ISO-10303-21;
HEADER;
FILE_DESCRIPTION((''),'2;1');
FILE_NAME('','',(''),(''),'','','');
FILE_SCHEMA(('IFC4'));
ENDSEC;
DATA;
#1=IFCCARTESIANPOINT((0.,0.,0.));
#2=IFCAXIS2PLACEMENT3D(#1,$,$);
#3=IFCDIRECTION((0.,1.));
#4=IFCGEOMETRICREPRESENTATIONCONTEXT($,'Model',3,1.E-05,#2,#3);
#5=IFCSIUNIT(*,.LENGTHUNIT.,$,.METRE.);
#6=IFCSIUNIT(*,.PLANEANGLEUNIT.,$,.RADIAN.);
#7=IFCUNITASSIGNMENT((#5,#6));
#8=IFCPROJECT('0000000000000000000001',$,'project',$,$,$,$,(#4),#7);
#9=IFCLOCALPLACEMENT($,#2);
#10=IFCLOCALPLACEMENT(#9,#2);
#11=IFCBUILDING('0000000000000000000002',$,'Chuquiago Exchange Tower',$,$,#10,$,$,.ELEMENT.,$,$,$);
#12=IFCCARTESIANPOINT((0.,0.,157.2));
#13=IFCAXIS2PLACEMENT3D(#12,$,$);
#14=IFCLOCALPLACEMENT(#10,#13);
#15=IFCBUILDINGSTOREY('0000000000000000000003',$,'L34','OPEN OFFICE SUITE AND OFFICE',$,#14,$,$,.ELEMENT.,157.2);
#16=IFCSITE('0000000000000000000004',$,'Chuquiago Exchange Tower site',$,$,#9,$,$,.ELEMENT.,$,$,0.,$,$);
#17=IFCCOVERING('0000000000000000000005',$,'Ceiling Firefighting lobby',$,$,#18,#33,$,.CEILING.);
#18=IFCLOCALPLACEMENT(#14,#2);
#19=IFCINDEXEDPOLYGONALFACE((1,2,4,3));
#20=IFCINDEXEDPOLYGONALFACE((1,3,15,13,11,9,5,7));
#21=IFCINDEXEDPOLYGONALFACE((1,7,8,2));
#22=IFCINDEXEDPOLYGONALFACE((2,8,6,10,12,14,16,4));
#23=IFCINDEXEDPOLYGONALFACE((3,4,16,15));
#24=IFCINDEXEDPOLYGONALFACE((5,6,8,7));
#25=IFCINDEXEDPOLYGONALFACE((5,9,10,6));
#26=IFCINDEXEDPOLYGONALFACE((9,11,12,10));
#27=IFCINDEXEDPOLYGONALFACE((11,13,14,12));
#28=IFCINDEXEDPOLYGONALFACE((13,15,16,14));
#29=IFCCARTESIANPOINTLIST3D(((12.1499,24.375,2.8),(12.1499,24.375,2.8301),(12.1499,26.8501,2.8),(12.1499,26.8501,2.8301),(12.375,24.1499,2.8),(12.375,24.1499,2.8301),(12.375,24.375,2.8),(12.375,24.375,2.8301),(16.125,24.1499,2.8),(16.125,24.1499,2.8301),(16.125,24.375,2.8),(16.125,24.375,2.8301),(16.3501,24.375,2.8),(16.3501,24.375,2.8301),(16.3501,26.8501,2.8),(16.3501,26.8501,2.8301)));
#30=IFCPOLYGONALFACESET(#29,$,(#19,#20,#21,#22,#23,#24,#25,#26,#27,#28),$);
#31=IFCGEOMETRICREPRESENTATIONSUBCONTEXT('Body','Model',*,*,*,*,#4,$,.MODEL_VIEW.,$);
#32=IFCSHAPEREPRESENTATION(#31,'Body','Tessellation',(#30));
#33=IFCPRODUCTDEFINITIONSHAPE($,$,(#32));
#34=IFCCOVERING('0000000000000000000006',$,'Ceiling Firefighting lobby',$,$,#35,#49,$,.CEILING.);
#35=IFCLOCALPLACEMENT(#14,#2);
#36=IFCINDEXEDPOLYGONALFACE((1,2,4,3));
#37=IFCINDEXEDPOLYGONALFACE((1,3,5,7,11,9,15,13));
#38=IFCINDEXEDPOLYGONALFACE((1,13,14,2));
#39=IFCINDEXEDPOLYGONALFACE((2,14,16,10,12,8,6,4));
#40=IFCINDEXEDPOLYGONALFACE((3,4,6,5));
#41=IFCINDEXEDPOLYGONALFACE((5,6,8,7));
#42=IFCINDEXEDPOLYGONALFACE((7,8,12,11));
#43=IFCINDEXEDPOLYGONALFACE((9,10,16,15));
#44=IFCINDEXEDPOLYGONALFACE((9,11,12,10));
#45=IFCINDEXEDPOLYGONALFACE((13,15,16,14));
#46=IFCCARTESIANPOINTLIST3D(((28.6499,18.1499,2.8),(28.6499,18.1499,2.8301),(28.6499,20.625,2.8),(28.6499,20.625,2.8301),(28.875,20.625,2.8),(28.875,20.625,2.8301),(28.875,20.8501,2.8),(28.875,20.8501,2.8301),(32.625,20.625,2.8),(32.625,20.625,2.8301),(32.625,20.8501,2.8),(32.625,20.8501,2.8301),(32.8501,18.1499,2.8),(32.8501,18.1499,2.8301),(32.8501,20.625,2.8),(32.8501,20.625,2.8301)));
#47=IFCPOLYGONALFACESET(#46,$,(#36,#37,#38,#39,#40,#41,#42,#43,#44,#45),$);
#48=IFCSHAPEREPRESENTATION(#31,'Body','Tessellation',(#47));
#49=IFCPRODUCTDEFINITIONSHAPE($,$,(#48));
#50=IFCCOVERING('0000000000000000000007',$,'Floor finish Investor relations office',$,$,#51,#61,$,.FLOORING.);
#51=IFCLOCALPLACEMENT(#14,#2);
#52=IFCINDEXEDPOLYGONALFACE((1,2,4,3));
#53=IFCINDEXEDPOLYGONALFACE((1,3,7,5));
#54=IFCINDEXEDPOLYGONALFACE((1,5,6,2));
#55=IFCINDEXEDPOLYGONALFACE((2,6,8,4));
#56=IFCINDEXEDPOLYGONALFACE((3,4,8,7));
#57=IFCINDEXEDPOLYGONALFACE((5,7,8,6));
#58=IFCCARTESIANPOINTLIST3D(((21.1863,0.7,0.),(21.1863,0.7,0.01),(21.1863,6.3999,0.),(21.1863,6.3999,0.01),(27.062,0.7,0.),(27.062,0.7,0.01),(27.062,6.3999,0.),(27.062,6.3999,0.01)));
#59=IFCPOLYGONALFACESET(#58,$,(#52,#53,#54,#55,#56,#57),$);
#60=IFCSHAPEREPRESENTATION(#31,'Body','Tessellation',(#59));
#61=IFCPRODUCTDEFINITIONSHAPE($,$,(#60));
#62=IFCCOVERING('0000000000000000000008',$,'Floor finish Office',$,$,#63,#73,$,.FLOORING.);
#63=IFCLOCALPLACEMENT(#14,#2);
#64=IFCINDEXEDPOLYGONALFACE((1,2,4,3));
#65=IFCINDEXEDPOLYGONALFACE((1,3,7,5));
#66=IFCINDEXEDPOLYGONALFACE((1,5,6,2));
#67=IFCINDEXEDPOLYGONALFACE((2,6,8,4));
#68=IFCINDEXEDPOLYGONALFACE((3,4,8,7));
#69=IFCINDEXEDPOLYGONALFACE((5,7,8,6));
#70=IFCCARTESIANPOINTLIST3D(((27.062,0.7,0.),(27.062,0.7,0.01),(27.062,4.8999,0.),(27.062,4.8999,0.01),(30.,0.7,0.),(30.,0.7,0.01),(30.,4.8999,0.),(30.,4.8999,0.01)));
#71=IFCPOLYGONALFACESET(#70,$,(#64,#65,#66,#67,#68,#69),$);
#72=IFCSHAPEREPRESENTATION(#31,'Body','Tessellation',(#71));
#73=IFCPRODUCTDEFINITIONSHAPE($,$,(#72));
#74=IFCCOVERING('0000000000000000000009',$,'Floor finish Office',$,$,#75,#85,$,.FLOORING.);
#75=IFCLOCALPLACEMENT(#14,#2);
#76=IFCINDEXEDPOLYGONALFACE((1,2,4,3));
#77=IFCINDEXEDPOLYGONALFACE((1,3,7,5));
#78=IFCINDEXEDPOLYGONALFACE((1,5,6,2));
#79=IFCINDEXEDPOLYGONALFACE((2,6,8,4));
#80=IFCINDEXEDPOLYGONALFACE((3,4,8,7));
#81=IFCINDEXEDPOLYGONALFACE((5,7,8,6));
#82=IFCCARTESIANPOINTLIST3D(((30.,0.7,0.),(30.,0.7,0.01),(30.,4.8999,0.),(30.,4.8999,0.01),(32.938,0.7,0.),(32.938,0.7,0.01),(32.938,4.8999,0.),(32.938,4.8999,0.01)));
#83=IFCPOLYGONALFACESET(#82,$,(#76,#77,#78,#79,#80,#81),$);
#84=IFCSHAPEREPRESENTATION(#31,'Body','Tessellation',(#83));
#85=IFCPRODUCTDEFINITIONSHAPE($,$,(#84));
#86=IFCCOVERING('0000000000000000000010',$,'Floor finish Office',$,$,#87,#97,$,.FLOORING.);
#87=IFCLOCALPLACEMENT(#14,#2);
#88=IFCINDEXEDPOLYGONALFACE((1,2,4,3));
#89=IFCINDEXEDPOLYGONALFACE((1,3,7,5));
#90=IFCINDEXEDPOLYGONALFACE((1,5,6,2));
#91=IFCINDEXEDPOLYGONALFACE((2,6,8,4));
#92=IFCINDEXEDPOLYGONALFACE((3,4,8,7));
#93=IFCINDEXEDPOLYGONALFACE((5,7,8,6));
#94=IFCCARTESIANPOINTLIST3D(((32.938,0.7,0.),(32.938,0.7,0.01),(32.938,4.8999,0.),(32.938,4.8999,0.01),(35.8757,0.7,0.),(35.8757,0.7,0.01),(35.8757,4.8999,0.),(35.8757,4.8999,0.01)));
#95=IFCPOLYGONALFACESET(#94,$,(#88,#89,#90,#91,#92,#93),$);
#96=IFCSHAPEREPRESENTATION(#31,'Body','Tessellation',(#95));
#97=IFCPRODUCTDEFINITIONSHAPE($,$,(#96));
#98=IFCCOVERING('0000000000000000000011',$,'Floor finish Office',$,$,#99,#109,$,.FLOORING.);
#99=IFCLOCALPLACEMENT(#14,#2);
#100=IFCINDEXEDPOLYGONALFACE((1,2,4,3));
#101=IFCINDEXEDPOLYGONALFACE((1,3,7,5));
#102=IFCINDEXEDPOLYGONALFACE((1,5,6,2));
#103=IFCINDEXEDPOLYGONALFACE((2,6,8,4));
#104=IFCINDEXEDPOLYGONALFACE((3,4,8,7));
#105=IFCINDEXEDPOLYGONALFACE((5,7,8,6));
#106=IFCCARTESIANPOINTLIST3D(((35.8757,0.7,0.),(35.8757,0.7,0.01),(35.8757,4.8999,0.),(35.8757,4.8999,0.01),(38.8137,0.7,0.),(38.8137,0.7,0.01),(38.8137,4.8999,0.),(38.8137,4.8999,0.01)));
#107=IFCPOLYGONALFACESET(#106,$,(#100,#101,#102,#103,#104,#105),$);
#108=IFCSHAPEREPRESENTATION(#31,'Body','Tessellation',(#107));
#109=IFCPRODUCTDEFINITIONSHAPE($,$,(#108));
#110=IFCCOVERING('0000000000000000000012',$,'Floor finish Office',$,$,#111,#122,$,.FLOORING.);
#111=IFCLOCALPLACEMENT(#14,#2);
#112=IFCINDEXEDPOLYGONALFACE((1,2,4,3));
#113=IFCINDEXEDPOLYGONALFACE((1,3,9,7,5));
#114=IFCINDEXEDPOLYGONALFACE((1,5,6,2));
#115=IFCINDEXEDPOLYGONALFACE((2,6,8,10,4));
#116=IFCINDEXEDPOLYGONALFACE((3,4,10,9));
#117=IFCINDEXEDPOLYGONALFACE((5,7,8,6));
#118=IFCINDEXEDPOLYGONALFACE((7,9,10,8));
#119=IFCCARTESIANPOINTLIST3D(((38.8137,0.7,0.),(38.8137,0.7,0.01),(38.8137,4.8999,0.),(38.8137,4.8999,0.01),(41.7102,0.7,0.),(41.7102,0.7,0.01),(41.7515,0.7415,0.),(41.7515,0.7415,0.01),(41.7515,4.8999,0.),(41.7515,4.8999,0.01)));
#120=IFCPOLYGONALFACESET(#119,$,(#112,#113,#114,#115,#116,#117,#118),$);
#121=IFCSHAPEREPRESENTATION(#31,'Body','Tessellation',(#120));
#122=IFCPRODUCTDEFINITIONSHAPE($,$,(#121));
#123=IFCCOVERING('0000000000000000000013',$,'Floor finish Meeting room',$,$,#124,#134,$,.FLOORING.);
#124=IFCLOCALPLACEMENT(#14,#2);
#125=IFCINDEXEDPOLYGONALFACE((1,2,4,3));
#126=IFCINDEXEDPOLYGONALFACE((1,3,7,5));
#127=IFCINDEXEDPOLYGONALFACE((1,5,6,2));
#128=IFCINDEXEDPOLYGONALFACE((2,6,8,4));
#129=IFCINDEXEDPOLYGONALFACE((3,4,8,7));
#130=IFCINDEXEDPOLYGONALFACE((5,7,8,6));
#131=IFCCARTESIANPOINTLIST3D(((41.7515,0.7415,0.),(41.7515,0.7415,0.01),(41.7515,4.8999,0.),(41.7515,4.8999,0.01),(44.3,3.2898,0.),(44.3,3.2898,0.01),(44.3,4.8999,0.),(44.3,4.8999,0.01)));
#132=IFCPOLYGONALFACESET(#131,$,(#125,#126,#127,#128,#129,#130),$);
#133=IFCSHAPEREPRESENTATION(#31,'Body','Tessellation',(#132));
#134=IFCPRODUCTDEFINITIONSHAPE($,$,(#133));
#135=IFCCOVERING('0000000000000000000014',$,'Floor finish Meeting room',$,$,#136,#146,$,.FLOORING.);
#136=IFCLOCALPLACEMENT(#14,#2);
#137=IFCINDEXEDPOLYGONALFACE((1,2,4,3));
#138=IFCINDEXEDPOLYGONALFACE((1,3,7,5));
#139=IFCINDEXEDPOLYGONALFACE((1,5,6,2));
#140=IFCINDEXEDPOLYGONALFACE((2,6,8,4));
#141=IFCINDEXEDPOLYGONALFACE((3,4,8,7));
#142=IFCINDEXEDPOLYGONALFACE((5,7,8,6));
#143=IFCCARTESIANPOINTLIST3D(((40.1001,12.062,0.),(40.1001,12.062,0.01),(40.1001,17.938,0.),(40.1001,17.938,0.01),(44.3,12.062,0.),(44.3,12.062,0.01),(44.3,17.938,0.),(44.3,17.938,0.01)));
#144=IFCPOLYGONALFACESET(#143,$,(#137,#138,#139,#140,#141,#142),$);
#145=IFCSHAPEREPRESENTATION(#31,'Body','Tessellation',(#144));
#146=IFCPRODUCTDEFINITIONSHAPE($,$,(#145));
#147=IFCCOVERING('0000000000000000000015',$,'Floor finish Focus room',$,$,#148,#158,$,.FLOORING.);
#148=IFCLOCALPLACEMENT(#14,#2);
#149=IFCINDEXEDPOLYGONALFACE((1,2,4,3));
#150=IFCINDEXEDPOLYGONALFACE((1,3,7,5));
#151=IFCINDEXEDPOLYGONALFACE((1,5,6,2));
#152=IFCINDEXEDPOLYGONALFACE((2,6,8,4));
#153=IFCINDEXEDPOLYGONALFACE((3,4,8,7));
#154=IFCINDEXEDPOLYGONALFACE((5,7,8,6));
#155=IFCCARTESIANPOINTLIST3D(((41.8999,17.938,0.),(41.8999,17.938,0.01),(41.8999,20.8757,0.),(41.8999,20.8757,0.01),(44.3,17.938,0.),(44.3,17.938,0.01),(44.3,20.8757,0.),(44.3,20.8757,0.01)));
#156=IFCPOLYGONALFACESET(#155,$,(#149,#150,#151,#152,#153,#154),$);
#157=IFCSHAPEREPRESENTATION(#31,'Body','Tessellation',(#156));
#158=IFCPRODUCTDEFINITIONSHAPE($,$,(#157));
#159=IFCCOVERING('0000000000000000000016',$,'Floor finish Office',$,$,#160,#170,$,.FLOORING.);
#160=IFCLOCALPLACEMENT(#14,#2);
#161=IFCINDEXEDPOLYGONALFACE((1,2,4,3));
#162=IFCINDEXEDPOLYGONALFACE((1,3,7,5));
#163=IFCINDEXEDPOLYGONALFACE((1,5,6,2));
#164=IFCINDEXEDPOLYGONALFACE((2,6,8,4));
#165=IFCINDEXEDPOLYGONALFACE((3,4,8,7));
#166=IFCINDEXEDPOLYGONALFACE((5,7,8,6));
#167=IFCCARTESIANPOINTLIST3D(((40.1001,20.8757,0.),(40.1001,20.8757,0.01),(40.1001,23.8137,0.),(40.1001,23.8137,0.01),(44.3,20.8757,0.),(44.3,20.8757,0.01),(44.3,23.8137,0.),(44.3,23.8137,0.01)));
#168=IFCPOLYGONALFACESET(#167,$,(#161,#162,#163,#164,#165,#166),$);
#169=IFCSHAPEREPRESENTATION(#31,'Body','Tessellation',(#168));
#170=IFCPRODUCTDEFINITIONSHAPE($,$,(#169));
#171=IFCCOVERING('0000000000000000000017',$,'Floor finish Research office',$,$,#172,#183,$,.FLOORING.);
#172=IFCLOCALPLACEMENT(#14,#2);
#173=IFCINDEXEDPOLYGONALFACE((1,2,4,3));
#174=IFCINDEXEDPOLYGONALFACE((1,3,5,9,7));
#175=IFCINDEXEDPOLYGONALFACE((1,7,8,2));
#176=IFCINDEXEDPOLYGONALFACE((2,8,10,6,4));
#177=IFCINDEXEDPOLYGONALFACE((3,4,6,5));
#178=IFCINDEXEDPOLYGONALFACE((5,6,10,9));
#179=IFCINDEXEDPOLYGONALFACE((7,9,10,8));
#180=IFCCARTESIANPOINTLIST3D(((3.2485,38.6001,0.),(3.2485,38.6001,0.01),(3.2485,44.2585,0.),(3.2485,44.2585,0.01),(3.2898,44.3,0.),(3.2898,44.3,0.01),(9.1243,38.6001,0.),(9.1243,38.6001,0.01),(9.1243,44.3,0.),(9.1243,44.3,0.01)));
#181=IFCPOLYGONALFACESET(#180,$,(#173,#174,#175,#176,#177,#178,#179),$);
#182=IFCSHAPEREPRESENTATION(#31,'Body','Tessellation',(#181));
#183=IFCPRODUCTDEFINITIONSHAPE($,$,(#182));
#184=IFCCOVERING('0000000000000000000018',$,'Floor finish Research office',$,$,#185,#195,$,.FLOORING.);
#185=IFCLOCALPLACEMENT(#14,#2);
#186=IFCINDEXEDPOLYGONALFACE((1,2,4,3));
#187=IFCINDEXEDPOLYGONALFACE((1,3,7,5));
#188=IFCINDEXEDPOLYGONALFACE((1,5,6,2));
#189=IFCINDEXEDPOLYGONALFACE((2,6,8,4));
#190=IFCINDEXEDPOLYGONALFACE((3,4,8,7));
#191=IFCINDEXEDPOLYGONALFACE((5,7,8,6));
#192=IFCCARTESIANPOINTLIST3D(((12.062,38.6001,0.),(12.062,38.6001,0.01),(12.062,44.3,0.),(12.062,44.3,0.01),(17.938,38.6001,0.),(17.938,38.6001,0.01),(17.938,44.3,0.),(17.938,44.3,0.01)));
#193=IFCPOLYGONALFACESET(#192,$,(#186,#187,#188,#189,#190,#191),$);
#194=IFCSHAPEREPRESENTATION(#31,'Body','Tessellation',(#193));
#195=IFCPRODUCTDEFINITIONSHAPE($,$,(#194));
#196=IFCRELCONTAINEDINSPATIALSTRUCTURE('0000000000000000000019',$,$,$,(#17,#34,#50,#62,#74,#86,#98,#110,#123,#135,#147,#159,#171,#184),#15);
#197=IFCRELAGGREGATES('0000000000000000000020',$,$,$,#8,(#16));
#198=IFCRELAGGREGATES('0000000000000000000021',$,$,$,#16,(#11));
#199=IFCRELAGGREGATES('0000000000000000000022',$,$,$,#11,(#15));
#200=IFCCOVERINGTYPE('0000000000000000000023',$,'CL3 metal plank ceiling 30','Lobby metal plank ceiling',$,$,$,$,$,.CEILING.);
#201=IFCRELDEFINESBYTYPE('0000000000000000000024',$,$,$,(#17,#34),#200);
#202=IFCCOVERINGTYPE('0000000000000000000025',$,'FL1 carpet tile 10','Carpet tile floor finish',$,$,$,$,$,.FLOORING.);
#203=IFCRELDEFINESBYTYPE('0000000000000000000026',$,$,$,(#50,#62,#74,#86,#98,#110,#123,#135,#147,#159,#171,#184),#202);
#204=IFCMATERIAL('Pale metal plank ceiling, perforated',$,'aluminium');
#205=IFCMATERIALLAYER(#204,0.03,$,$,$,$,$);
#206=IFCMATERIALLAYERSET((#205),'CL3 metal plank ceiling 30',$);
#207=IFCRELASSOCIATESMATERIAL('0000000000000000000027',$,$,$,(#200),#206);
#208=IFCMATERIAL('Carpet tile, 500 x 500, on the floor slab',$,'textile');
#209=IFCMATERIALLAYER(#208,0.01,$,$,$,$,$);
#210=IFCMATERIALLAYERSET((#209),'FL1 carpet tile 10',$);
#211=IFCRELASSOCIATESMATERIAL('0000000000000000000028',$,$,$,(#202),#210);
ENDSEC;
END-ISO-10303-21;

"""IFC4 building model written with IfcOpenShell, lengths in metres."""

from ifc_helpers import new_model, si_unit, direction, frame, origin, place, context, subcontext, project, spatial, polyline, outline, extrude, material, layer, layer_set, type_object, element, save


model = new_model("IFC4")

# Units and contexts
model_context = context("Model", 3, precision=1e-05, world=origin(), true_north=direction((0.0, 1.0)))
body_context = subcontext(model_context, "Body", "Model", "MODEL_VIEW")
ifc_project = project(units=[si_unit("LENGTHUNIT", "METRE"), si_unit("PLANEANGLEUNIT", "RADIAN")], contexts=[model_context])

# Site, building, storey
site_placement = place(None, origin())
site = spatial("IfcSite", under=ifc_project, at=site_placement, Name="Chuquiago Exchange Tower site", CompositionType="ELEMENT", RefElevation=0.0)
building_placement = place(site_placement, origin())
building = spatial("IfcBuilding", under=site, at=building_placement, Name="Chuquiago Exchange Tower", CompositionType="ELEMENT")
storey_placement = place(building_placement, frame((0.0, 0.0, 157.2)))
storey = spatial("IfcBuildingStorey", under=building, at=storey_placement, Name="L34", Description="OPEN OFFICE SUITE AND OFFICE", CompositionType="ELEMENT", Elevation=157.2)

# Coverings
ifc_material_1 = material(Name="Pale metal plank ceiling, perforated", Category="aluminium")
ifc_layer_1 = layer(ifc_material_1, 0.03)
ifc_layer_set_1 = layer_set([ifc_layer_1], Name="CL3 metal plank ceiling 30")
covering_type_1 = type_object("IfcCoveringType", Name="CL3 metal plank ceiling 30", Description="Lobby metal plank ceiling", PredefinedType="CEILING", material=ifc_layer_set_1)
covering_1_placement = place(storey_placement, frame((0.0, 0.0, 2.8)))
element("IfcCovering", 1, at=covering_1_placement, inside=storey, type_object=covering_type_1, Name="Ceiling Firefighting lobby", PredefinedType="CEILING", context=body_context, shape_type="SweptSolid", body=[
    extrude(outline(polyline([(12.375, 24.1499), (12.375, 24.375), (12.1499, 24.375), (12.1499, 26.8501), (16.3501, 26.8501), (16.3501, 24.375), (16.125, 24.375), (16.125, 24.1499), (12.375, 24.1499)])), origin(), (0.0, 0.0, 1.0), 0.03),
])
covering_2_placement = place(storey_placement, frame((0.0, 0.0, 2.8)))
element("IfcCovering", 2, at=covering_2_placement, inside=storey, type_object=covering_type_1, Name="Ceiling Firefighting lobby", PredefinedType="CEILING", context=body_context, shape_type="SweptSolid", body=[
    extrude(outline(polyline([(28.6499, 18.1499), (28.6499, 20.625), (28.875, 20.625), (28.875, 20.8501), (32.625, 20.8501), (32.625, 20.625), (32.8501, 20.625), (32.8501, 18.1499), (28.6499, 18.1499)])), origin(), (0.0, 0.0, 1.0), 0.03),
])
ifc_material_2 = material(Name="Carpet tile, 500 x 500, on the floor slab", Category="textile")
ifc_layer_2 = layer(ifc_material_2, 0.01)
ifc_layer_set_2 = layer_set([ifc_layer_2], Name="FL1 carpet tile 10")
covering_type_2 = type_object("IfcCoveringType", Name="FL1 carpet tile 10", Description="Carpet tile floor finish", PredefinedType="FLOORING", material=ifc_layer_set_2)
covering_3_placement = place(storey_placement, origin())
element("IfcCovering", 3, at=covering_3_placement, inside=storey, type_object=covering_type_2, Name="Floor finish Investor relations office", PredefinedType="FLOORING", context=body_context, shape_type="SweptSolid", body=[
    extrude(outline(polyline([(21.1863, 0.7), (21.1863, 6.3999), (27.062, 6.3999), (27.062, 0.7), (21.1863, 0.7)])), origin(), (0.0, 0.0, 1.0), 0.01),
])
covering_4_placement = place(storey_placement, origin())
element("IfcCovering", 4, at=covering_4_placement, inside=storey, type_object=covering_type_2, Name="Floor finish Office", PredefinedType="FLOORING", context=body_context, shape_type="SweptSolid", body=[
    extrude(outline(polyline([(27.062, 0.7), (27.062, 4.8999), (30.0, 4.8999), (30.0, 0.7), (27.062, 0.7)])), origin(), (0.0, 0.0, 1.0), 0.01),
])
covering_5_placement = place(storey_placement, origin())
element("IfcCovering", 5, at=covering_5_placement, inside=storey, type_object=covering_type_2, Name="Floor finish Office", PredefinedType="FLOORING", context=body_context, shape_type="SweptSolid", body=[
    extrude(outline(polyline([(30.0, 0.7), (30.0, 4.8999), (32.938, 4.8999), (32.938, 0.7), (30.0, 0.7)])), origin(), (0.0, 0.0, 1.0), 0.01),
])
covering_6_placement = place(storey_placement, origin())
element("IfcCovering", 6, at=covering_6_placement, inside=storey, type_object=covering_type_2, Name="Floor finish Office", PredefinedType="FLOORING", context=body_context, shape_type="SweptSolid", body=[
    extrude(outline(polyline([(32.938, 0.7), (32.938, 4.8999), (35.8757, 4.8999), (35.8757, 0.7), (32.938, 0.7)])), origin(), (0.0, 0.0, 1.0), 0.01),
])
covering_7_placement = place(storey_placement, origin())
element("IfcCovering", 7, at=covering_7_placement, inside=storey, type_object=covering_type_2, Name="Floor finish Office", PredefinedType="FLOORING", context=body_context, shape_type="SweptSolid", body=[
    extrude(outline(polyline([(35.8757, 0.7), (35.8757, 4.8999), (38.8137, 4.8999), (38.8137, 0.7), (35.8757, 0.7)])), origin(), (0.0, 0.0, 1.0), 0.01),
])
covering_8_placement = place(storey_placement, origin())
element("IfcCovering", 8, at=covering_8_placement, inside=storey, type_object=covering_type_2, Name="Floor finish Office", PredefinedType="FLOORING", context=body_context, shape_type="SweptSolid", body=[
    extrude(outline(polyline([(41.7102, 0.7), (38.8137, 0.7), (38.8137, 4.8999), (41.7515, 4.8999), (41.7515, 0.7415), (41.7102, 0.7)])), origin(), (0.0, 0.0, 1.0), 0.01),
])
covering_9_placement = place(storey_placement, origin())
element("IfcCovering", 9, at=covering_9_placement, inside=storey, type_object=covering_type_2, Name="Floor finish Meeting room", PredefinedType="FLOORING", context=body_context, shape_type="SweptSolid", body=[
    extrude(outline(polyline([(44.3, 3.2898), (41.7515, 0.7415), (41.7515, 4.8999), (44.3, 4.8999), (44.3, 3.2898)])), origin(), (0.0, 0.0, 1.0), 0.01),
])
covering_10_placement = place(storey_placement, origin())
element("IfcCovering", 10, at=covering_10_placement, inside=storey, type_object=covering_type_2, Name="Floor finish Meeting room", PredefinedType="FLOORING", context=body_context, shape_type="SweptSolid", body=[
    extrude(outline(polyline([(44.3, 12.062), (40.1001, 12.062), (40.1001, 17.938), (44.3, 17.938), (44.3, 12.062)])), origin(), (0.0, 0.0, 1.0), 0.01),
])
covering_11_placement = place(storey_placement, origin())
element("IfcCovering", 11, at=covering_11_placement, inside=storey, type_object=covering_type_2, Name="Floor finish Focus room", PredefinedType="FLOORING", context=body_context, shape_type="SweptSolid", body=[
    extrude(outline(polyline([(44.3, 17.938), (41.8999, 17.938), (41.8999, 20.8757), (44.3, 20.8757), (44.3, 17.938)])), origin(), (0.0, 0.0, 1.0), 0.01),
])
covering_12_placement = place(storey_placement, origin())
element("IfcCovering", 12, at=covering_12_placement, inside=storey, type_object=covering_type_2, Name="Floor finish Office", PredefinedType="FLOORING", context=body_context, shape_type="SweptSolid", body=[
    extrude(outline(polyline([(44.3, 20.8757), (40.1001, 20.8757), (40.1001, 23.8137), (44.3, 23.8137), (44.3, 20.8757)])), origin(), (0.0, 0.0, 1.0), 0.01),
])
covering_13_placement = place(storey_placement, origin())
element("IfcCovering", 13, at=covering_13_placement, inside=storey, type_object=covering_type_2, Name="Floor finish Research office", PredefinedType="FLOORING", context=body_context, shape_type="SweptSolid", body=[
    extrude(outline(polyline([(3.2898, 44.3), (9.1243, 44.3), (9.1243, 38.6001), (3.2485, 38.6001), (3.2485, 44.2585), (3.2898, 44.3)])), origin(), (0.0, 0.0, 1.0), 0.01),
])
covering_14_placement = place(storey_placement, origin())
element("IfcCovering", 14, at=covering_14_placement, inside=storey, type_object=covering_type_2, Name="Floor finish Research office", PredefinedType="FLOORING", context=body_context, shape_type="SweptSolid", body=[
    extrude(outline(polyline([(17.938, 44.3), (17.938, 38.6001), (12.062, 38.6001), (12.062, 44.3), (17.938, 44.3)])), origin(), (0.0, 0.0, 1.0), 0.01),
])

save(model, "model.ifc")
